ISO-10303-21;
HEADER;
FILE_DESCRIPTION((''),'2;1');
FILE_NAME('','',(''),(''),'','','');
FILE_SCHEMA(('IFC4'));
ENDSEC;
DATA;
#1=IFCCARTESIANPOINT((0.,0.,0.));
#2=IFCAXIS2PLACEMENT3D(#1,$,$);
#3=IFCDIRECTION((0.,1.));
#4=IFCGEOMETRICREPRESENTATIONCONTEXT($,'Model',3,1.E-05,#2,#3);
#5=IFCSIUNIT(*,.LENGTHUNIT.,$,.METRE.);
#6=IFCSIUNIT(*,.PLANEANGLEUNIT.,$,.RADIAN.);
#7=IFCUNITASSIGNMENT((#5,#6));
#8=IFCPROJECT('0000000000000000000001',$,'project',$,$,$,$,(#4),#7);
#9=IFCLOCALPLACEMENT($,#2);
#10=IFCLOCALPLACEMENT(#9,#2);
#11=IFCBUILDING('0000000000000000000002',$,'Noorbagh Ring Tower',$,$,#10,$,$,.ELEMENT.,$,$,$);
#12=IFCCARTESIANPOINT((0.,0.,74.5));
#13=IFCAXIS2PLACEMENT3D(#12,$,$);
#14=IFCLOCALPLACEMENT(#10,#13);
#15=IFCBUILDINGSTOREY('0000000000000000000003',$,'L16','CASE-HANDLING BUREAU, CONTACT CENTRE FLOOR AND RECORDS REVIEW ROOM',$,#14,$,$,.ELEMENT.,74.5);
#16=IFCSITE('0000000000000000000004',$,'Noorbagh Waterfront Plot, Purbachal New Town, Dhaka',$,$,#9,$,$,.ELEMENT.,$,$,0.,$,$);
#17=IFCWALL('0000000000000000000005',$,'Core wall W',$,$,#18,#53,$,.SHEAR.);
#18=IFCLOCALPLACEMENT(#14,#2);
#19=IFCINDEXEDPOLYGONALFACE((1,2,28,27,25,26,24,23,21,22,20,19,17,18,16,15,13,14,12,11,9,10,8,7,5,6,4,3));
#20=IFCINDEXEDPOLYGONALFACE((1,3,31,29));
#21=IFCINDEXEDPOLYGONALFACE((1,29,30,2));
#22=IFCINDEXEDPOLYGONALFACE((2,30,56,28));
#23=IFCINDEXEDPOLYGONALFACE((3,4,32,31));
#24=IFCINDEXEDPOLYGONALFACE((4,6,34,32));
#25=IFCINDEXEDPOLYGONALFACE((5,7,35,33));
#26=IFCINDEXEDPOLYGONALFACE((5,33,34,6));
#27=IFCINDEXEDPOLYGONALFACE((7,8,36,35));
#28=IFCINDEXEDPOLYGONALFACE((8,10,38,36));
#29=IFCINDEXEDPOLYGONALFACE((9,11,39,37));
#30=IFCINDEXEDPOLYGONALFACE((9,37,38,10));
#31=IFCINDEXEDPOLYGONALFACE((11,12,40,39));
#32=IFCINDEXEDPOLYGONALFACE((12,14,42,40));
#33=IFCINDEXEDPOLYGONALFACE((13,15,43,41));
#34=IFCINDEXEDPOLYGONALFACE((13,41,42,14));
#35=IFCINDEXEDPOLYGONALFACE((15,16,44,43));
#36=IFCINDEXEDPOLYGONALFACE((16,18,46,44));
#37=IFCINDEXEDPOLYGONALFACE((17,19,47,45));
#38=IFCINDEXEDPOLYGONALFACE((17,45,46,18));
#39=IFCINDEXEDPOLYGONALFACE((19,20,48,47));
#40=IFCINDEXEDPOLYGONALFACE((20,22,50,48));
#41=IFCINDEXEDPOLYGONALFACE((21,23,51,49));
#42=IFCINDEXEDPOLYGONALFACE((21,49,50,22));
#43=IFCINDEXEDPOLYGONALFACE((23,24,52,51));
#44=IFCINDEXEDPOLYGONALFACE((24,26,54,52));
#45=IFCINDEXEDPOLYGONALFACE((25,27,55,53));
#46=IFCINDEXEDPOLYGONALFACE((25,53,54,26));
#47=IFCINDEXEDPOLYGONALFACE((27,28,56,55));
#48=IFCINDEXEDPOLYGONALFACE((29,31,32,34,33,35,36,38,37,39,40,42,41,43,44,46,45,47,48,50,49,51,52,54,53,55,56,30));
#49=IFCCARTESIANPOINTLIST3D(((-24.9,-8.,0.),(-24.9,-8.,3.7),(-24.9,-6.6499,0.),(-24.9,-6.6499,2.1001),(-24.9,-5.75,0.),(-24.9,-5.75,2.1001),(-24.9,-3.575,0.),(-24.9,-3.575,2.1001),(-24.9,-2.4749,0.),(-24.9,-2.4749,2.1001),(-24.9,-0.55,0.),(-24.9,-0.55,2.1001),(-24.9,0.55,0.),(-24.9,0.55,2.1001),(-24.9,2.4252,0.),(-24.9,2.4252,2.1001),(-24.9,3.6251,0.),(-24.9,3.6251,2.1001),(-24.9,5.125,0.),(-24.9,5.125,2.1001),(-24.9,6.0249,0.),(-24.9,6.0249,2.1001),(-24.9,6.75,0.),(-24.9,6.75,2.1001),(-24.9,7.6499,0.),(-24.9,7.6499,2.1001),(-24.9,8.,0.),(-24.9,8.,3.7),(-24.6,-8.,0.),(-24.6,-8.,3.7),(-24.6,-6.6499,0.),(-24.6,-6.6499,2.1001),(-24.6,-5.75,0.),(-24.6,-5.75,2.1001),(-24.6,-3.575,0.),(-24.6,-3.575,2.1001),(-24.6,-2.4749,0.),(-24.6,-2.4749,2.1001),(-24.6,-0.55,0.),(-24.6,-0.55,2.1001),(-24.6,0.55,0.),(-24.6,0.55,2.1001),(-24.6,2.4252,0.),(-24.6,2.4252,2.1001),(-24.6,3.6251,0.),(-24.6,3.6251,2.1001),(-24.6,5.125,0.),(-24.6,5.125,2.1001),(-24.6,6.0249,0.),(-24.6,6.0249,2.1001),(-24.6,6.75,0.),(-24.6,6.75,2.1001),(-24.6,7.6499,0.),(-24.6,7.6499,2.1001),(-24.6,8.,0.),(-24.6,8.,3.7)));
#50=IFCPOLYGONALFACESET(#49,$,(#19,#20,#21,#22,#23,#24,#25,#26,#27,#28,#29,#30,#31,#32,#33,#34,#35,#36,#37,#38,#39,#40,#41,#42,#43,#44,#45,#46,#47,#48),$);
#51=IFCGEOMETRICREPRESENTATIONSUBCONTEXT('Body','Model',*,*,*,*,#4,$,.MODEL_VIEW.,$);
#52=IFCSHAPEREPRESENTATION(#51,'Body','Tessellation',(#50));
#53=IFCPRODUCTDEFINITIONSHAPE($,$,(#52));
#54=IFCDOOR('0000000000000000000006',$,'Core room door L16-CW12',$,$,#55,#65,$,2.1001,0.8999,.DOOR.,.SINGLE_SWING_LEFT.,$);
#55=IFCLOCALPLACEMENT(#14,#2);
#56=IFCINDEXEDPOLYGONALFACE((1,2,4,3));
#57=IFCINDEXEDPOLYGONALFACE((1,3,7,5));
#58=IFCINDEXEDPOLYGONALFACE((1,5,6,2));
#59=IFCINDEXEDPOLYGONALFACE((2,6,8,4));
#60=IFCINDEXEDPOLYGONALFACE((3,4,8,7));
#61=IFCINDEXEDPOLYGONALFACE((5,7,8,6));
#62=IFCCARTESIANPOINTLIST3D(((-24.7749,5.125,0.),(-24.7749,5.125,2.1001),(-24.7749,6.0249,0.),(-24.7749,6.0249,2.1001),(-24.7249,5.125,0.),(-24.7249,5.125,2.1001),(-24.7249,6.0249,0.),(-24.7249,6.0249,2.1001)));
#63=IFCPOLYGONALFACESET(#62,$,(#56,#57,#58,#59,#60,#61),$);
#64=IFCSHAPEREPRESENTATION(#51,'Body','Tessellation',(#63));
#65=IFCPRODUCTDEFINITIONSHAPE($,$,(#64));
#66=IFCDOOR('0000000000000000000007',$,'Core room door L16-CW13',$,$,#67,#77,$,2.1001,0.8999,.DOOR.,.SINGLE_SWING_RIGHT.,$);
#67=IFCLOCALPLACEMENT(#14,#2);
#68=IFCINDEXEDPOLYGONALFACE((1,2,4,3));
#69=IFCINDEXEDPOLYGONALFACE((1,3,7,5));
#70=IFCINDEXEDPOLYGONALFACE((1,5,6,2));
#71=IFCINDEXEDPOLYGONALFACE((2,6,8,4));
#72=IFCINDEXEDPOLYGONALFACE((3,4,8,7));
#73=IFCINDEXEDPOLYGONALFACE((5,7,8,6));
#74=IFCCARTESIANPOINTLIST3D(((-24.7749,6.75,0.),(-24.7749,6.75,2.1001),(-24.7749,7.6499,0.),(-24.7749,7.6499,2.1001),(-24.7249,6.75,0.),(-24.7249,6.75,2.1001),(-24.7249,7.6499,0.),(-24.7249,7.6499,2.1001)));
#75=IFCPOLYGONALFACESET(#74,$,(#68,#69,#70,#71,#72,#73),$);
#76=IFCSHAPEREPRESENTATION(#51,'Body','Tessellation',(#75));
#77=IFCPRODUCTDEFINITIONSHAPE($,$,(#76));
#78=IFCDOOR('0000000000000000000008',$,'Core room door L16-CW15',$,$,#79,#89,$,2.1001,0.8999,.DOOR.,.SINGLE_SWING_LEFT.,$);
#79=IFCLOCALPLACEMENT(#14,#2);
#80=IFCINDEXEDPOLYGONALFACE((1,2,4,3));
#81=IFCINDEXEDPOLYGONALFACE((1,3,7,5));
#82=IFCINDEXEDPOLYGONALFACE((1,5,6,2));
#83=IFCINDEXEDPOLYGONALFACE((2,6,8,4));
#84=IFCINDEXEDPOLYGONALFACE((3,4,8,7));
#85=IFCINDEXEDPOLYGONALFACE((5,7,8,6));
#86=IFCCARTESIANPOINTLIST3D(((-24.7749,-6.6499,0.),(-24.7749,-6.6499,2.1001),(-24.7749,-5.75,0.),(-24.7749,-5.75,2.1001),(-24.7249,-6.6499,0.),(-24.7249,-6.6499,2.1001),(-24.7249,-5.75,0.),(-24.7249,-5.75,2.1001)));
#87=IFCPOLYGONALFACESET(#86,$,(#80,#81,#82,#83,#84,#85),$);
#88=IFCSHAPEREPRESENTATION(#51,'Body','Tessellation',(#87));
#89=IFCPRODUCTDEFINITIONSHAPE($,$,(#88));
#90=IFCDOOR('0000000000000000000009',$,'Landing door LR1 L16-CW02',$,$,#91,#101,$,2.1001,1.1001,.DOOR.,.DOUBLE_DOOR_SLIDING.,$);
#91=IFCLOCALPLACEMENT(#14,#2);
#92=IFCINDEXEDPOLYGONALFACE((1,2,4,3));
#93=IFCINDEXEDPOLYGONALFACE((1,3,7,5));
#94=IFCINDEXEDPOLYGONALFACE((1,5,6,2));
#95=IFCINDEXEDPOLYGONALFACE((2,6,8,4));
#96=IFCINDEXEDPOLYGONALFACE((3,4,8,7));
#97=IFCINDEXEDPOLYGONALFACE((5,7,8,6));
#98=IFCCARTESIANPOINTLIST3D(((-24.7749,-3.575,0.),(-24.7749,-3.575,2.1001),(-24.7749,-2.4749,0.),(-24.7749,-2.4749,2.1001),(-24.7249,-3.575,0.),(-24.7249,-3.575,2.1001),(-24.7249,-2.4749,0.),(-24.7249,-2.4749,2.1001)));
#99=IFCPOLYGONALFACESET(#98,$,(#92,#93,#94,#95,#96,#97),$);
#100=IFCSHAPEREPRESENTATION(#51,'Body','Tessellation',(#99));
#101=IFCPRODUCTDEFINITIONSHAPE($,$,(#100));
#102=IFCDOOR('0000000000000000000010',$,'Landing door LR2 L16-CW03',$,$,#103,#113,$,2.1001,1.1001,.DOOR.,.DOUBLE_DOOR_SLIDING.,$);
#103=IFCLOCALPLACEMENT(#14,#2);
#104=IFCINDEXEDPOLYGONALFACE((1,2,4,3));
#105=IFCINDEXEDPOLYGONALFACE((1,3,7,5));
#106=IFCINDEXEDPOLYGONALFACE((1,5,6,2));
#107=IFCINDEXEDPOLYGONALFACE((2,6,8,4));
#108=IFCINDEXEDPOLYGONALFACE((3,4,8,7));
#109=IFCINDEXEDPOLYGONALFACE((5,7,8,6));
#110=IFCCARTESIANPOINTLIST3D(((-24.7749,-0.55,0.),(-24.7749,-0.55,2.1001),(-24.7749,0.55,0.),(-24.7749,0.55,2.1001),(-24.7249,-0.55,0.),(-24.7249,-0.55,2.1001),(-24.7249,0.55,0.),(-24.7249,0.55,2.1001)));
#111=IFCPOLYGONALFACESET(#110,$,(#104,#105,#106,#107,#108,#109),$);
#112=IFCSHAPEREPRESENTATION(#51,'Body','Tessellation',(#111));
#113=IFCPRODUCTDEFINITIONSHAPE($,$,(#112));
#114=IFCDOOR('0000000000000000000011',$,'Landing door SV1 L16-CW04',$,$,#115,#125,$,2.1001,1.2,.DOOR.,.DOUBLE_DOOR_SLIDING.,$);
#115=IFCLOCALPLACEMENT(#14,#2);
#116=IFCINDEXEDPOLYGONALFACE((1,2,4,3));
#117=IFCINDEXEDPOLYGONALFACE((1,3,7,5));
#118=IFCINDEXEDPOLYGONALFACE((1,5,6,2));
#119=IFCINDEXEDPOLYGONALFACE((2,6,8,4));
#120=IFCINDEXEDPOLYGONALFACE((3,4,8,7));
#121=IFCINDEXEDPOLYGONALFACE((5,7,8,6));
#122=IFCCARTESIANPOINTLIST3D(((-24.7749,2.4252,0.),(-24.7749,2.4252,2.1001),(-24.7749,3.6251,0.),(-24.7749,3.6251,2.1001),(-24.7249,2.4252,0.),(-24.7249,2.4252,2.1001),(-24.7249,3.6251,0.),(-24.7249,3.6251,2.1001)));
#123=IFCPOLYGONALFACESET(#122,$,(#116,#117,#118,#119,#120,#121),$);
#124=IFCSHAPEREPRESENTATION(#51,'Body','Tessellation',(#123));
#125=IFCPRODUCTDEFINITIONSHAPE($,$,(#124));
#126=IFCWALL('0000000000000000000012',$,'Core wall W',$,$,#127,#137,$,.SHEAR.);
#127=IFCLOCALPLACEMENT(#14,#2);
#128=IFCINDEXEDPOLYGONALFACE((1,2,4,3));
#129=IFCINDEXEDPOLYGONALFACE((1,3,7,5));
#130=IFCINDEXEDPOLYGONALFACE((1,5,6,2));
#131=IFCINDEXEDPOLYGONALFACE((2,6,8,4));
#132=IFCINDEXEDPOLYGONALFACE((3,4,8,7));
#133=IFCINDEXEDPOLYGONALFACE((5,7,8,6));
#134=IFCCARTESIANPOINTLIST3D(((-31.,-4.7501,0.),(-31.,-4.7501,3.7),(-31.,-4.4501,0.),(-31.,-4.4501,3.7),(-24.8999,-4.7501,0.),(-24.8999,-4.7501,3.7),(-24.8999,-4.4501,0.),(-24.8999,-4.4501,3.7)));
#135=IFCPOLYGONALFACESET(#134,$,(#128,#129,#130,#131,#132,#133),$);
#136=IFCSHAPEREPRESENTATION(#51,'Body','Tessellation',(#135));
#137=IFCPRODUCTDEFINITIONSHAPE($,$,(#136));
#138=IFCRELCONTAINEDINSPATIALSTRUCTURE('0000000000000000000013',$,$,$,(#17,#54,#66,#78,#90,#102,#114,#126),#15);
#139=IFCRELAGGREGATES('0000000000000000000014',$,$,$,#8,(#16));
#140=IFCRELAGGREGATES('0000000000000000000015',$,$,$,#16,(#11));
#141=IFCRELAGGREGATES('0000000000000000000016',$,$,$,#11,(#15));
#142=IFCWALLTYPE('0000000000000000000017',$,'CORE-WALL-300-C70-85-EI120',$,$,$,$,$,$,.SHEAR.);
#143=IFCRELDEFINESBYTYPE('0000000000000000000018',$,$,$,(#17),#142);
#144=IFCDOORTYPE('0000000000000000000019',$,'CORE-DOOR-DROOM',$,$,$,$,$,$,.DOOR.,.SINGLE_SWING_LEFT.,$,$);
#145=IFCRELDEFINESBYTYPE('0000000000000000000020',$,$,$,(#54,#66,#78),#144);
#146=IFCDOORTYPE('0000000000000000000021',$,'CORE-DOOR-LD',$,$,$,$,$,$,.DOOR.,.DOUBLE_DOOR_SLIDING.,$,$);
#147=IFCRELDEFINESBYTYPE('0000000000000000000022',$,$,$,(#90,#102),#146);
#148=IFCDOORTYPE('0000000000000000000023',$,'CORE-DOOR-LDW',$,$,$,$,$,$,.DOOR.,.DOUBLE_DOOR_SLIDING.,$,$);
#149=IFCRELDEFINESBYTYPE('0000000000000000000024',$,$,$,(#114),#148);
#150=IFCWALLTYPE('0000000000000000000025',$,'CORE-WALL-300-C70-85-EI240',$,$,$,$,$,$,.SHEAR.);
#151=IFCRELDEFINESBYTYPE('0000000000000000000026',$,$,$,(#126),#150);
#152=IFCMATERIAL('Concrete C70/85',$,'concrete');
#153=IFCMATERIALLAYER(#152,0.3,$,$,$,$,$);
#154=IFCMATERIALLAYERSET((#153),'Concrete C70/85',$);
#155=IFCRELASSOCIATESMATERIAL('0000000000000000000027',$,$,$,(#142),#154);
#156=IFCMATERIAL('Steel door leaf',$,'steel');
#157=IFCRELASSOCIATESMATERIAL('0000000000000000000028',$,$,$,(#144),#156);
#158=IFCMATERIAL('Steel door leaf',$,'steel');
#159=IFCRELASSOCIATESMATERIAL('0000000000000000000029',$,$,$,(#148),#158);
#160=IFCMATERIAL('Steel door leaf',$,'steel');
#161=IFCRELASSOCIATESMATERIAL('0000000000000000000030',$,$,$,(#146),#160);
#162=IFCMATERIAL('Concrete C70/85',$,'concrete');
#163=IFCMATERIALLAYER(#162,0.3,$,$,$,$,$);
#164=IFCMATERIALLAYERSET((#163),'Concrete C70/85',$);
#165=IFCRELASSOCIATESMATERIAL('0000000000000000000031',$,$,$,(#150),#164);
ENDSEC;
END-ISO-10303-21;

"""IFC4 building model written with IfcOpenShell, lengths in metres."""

from ifc_helpers import new_model, si_unit, direction, frame, frame_2d, origin, place, context, subcontext, project, spatial, rectangle, extrude, material, layer, layer_set, type_object, element, fill, save


model = new_model("IFC4")

# Units and contexts
model_context = context("Model", 3, precision=1e-05, world=origin(), true_north=direction((0.0, 1.0)))
body_context = subcontext(model_context, "Body", "Model", "MODEL_VIEW")
ifc_project = project(units=[si_unit("LENGTHUNIT", "METRE"), si_unit("PLANEANGLEUNIT", "RADIAN")], contexts=[model_context])

# Site, building, storey
site_placement = place(None, origin())
site = spatial("IfcSite", under=ifc_project, at=site_placement, Name="Noorbagh Waterfront Plot, Purbachal New Town, Dhaka", CompositionType="ELEMENT", RefElevation=0.0)
building_placement = place(site_placement, origin())
building = spatial("IfcBuilding", under=site, at=building_placement, Name="Noorbagh Ring Tower", CompositionType="ELEMENT")
storey_placement = place(building_placement, frame((0.0, 0.0, 74.5)))
storey = spatial("IfcBuildingStorey", under=building, at=storey_placement, Name="L16", Description="CASE-HANDLING BUREAU, CONTACT CENTRE FLOOR AND RECORDS REVIEW ROOM", CompositionType="ELEMENT", Elevation=74.5)

# Shared definitions
ifc_material_1 = material(Name="Concrete C70/85", Category="concrete")
ifc_layer_1 = layer(ifc_material_1, 0.3)
ifc_layer_set_1 = layer_set([ifc_layer_1], Name="Concrete C70/85")
wall_type_1 = type_object("IfcWallType", Name="CORE-WALL-300-C70-85-EI120", PredefinedType="SHEAR", material=ifc_layer_set_1)

# Wall, openings, doors
ifc_material_2 = material(Name="Steel door leaf", Category="steel")
door_type_1 = type_object("IfcDoorType", Name="CORE-DOOR-DROOM", OperationType="SINGLE_SWING_LEFT", PredefinedType="DOOR", material=ifc_material_2)
ifc_material_3 = material(Name="Steel door leaf", Category="steel")
door_type_2 = type_object("IfcDoorType", Name="CORE-DOOR-LDW", OperationType="DOUBLE_DOOR_SLIDING", PredefinedType="DOOR", material=ifc_material_3)
wall_1_placement = place(storey_placement, frame((-24.75, -8.0, 0.0), z_axis=(0.0, 0.0, 1.0), x_axis=(0.0, 1.0, 0.0)))
wall_1 = element("IfcWall", 1, at=wall_1_placement, inside=storey, type_object=wall_type_1, Name="Core wall W", PredefinedType="SHEAR", context=body_context, shape_type="SweptSolid", body=[
    extrude(rectangle(XDim=16.0, YDim=0.3, at=frame_2d((8.0, 0.0))), origin(), (0.0, 0.0, 1.0), 3.7),
])
opening_1_placement = place(wall_1_placement, frame((4.425, 0.0, 0.0)))
opening_1 = element("IfcOpeningElement", 2, at=opening_1_placement, cuts=wall_1, PredefinedType="OPENING", context=body_context, shape_type="SweptSolid", body=[
    extrude(rectangle(XDim=1.1001, YDim=2.1001, at=frame_2d((0.55, 1.05))), frame((0.0, 0.1602, 0.0), z_axis=(0.0, -1.0, 0.0), x_axis=(1.0, 0.0, 0.0)), (0.0, 0.0, 1.0), 0.3201),
])
opening_2_placement = place(wall_1_placement, frame((7.45, 0.0, 0.0)))
opening_2 = element("IfcOpeningElement", 3, at=opening_2_placement, cuts=wall_1, PredefinedType="OPENING", context=body_context, shape_type="SweptSolid", body=[
    extrude(rectangle(XDim=1.1001, YDim=2.1001, at=frame_2d((0.55, 1.05))), frame((0.0, 0.1602, 0.0), z_axis=(0.0, -1.0, 0.0), x_axis=(1.0, 0.0, 0.0)), (0.0, 0.0, 1.0), 0.3201),
])
opening_3_placement = place(wall_1_placement, frame((10.425, 0.0, 0.0)))
opening_3 = element("IfcOpeningElement", 4, at=opening_3_placement, cuts=wall_1, PredefinedType="OPENING", context=body_context, shape_type="SweptSolid", body=[
    extrude(rectangle(XDim=1.2, YDim=2.1001, at=frame_2d((0.6001, 1.05))), frame((0.0, 0.1602, 0.0), z_axis=(0.0, -1.0, 0.0), x_axis=(1.0, 0.0, 0.0)), (0.0, 0.0, 1.0), 0.3201),
])
opening_4_placement = place(wall_1_placement, frame((13.125, 0.0, 0.0)))
opening_4 = element("IfcOpeningElement", 5, at=opening_4_placement, cuts=wall_1, PredefinedType="OPENING", context=body_context, shape_type="SweptSolid", body=[
    extrude(rectangle(XDim=0.8999, YDim=2.1001, at=frame_2d((0.45, 1.05))), frame((0.0, 0.1602, 0.0), z_axis=(0.0, -1.0, 0.0), x_axis=(1.0, 0.0, 0.0)), (0.0, 0.0, 1.0), 0.3201),
])
opening_5_placement = place(wall_1_placement, frame((14.75, 0.0, 0.0)))
opening_5 = element("IfcOpeningElement", 6, at=opening_5_placement, cuts=wall_1, PredefinedType="OPENING", context=body_context, shape_type="SweptSolid", body=[
    extrude(rectangle(XDim=0.8999, YDim=2.1001, at=frame_2d((0.45, 1.05))), frame((0.0, 0.1602, 0.0), z_axis=(0.0, -1.0, 0.0), x_axis=(1.0, 0.0, 0.0)), (0.0, 0.0, 1.0), 0.3201),
])
opening_6_placement = place(wall_1_placement, frame((1.3501, 0.0, 0.0)))
opening_6 = element("IfcOpeningElement", 7, at=opening_6_placement, cuts=wall_1, PredefinedType="OPENING", context=body_context, shape_type="SweptSolid", body=[
    extrude(rectangle(XDim=0.8999, YDim=2.1001, at=frame_2d((0.45, 1.05))), frame((0.0, 0.1602, 0.0), z_axis=(0.0, -1.0, 0.0), x_axis=(1.0, 0.0, 0.0)), (0.0, 0.0, 1.0), 0.3201),
])
door_1_placement = place(opening_4_placement, origin())
door_1 = element("IfcDoor", 8, at=door_1_placement, inside=storey, type_object=door_type_1, Name="Core room door L16-CW12", OperationType="SINGLE_SWING_LEFT", OverallHeight=2.1001, OverallWidth=0.8999, PredefinedType="DOOR", context=body_context, shape_type="SweptSolid", body=[
    extrude(rectangle(XDim=0.8999, YDim=2.1001, at=frame_2d((0.45, 1.05))), frame((0.0, 0.0249, 0.0), z_axis=(0.0, -1.0, 0.0), x_axis=(1.0, 0.0, 0.0)), (0.0, 0.0, 1.0), 0.05),
])
fill(opening_4, door_1)
door_2_placement = place(opening_5_placement, origin())
door_2 = element("IfcDoor", 9, at=door_2_placement, inside=storey, type_object=door_type_1, Name="Core room door L16-CW13", OperationType="SINGLE_SWING_RIGHT", OverallHeight=2.1001, OverallWidth=0.8999, PredefinedType="DOOR", context=body_context, shape_type="SweptSolid", body=[
    extrude(rectangle(XDim=0.8999, YDim=2.1001, at=frame_2d((0.45, 1.05))), frame((0.0, 0.0249, 0.0), z_axis=(0.0, -1.0, 0.0), x_axis=(1.0, 0.0, 0.0)), (0.0, 0.0, 1.0), 0.05),
])
fill(opening_5, door_2)
door_3_placement = place(opening_6_placement, origin())
door_3 = element("IfcDoor", 10, at=door_3_placement, inside=storey, type_object=door_type_1, Name="Core room door L16-CW15", OperationType="SINGLE_SWING_LEFT", OverallHeight=2.1001, OverallWidth=0.8999, PredefinedType="DOOR", context=body_context, shape_type="SweptSolid", body=[
    extrude(rectangle(XDim=0.8999, YDim=2.1001, at=frame_2d((0.45, 1.05))), frame((0.0, 0.0249, 0.0), z_axis=(0.0, -1.0, 0.0), x_axis=(1.0, 0.0, 0.0)), (0.0, 0.0, 1.0), 0.05),
])
fill(opening_6, door_3)
ifc_material_4 = material(Name="Steel door leaf", Category="steel")
door_type_3 = type_object("IfcDoorType", Name="CORE-DOOR-LD", OperationType="DOUBLE_DOOR_SLIDING", PredefinedType="DOOR", material=ifc_material_4)
door_4_placement = place(opening_1_placement, origin())
door_4 = element("IfcDoor", 11, at=door_4_placement, inside=storey, type_object=door_type_3, Name="Landing door LR1 L16-CW02", OperationType="DOUBLE_DOOR_SLIDING", OverallHeight=2.1001, OverallWidth=1.1001, PredefinedType="DOOR", context=body_context, shape_type="SweptSolid", body=[
    extrude(rectangle(XDim=1.1001, YDim=2.1001, at=frame_2d((0.55, 1.05))), frame((0.0, 0.0249, 0.0), z_axis=(0.0, -1.0, 0.0), x_axis=(1.0, 0.0, 0.0)), (0.0, 0.0, 1.0), 0.05),
])
fill(opening_1, door_4)
door_5_placement = place(opening_2_placement, origin())
door_5 = element("IfcDoor", 12, at=door_5_placement, inside=storey, type_object=door_type_3, Name="Landing door LR2 L16-CW03", OperationType="DOUBLE_DOOR_SLIDING", OverallHeight=2.1001, OverallWidth=1.1001, PredefinedType="DOOR", context=body_context, shape_type="SweptSolid", body=[
    extrude(rectangle(XDim=1.1001, YDim=2.1001, at=frame_2d((0.55, 1.05))), frame((0.0, 0.0249, 0.0), z_axis=(0.0, -1.0, 0.0), x_axis=(1.0, 0.0, 0.0)), (0.0, 0.0, 1.0), 0.05),
])
fill(opening_2, door_5)
door_6_placement = place(opening_3_placement, origin())
door_6 = element("IfcDoor", 13, at=door_6_placement, inside=storey, type_object=door_type_2, Name="Landing door SV1 L16-CW04", OperationType="DOUBLE_DOOR_SLIDING", OverallHeight=2.1001, OverallWidth=1.2, PredefinedType="DOOR", context=body_context, shape_type="SweptSolid", body=[
    extrude(rectangle(XDim=1.2, YDim=2.1001, at=frame_2d((0.6001, 1.05))), frame((0.0, 0.0249, 0.0), z_axis=(0.0, -1.0, 0.0), x_axis=(1.0, 0.0, 0.0)), (0.0, 0.0, 1.0), 0.05),
])
fill(opening_3, door_6)

# Wall
ifc_material_5 = material(Name="Concrete C70/85", Category="concrete")
ifc_layer_2 = layer(ifc_material_5, 0.3)
ifc_layer_set_2 = layer_set([ifc_layer_2], Name="Concrete C70/85")
wall_type_2 = type_object("IfcWallType", Name="CORE-WALL-300-C70-85-EI240", PredefinedType="SHEAR", material=ifc_layer_set_2)
wall_2_placement = place(storey_placement, frame((-24.8999, -4.6001, 0.0), z_axis=(0.0, 0.0, 1.0), x_axis=(-1.0, 0.0, 0.0)))
element("IfcWall", 14, at=wall_2_placement, inside=storey, type_object=wall_type_2, Name="Core wall W", PredefinedType="SHEAR", context=body_context, shape_type="SweptSolid", body=[
    extrude(rectangle(XDim=6.1001, YDim=0.3, at=frame_2d((3.05, 0.0))), origin(), (0.0, 0.0, 1.0), 3.7),
])

save(model, "model.ifc")
